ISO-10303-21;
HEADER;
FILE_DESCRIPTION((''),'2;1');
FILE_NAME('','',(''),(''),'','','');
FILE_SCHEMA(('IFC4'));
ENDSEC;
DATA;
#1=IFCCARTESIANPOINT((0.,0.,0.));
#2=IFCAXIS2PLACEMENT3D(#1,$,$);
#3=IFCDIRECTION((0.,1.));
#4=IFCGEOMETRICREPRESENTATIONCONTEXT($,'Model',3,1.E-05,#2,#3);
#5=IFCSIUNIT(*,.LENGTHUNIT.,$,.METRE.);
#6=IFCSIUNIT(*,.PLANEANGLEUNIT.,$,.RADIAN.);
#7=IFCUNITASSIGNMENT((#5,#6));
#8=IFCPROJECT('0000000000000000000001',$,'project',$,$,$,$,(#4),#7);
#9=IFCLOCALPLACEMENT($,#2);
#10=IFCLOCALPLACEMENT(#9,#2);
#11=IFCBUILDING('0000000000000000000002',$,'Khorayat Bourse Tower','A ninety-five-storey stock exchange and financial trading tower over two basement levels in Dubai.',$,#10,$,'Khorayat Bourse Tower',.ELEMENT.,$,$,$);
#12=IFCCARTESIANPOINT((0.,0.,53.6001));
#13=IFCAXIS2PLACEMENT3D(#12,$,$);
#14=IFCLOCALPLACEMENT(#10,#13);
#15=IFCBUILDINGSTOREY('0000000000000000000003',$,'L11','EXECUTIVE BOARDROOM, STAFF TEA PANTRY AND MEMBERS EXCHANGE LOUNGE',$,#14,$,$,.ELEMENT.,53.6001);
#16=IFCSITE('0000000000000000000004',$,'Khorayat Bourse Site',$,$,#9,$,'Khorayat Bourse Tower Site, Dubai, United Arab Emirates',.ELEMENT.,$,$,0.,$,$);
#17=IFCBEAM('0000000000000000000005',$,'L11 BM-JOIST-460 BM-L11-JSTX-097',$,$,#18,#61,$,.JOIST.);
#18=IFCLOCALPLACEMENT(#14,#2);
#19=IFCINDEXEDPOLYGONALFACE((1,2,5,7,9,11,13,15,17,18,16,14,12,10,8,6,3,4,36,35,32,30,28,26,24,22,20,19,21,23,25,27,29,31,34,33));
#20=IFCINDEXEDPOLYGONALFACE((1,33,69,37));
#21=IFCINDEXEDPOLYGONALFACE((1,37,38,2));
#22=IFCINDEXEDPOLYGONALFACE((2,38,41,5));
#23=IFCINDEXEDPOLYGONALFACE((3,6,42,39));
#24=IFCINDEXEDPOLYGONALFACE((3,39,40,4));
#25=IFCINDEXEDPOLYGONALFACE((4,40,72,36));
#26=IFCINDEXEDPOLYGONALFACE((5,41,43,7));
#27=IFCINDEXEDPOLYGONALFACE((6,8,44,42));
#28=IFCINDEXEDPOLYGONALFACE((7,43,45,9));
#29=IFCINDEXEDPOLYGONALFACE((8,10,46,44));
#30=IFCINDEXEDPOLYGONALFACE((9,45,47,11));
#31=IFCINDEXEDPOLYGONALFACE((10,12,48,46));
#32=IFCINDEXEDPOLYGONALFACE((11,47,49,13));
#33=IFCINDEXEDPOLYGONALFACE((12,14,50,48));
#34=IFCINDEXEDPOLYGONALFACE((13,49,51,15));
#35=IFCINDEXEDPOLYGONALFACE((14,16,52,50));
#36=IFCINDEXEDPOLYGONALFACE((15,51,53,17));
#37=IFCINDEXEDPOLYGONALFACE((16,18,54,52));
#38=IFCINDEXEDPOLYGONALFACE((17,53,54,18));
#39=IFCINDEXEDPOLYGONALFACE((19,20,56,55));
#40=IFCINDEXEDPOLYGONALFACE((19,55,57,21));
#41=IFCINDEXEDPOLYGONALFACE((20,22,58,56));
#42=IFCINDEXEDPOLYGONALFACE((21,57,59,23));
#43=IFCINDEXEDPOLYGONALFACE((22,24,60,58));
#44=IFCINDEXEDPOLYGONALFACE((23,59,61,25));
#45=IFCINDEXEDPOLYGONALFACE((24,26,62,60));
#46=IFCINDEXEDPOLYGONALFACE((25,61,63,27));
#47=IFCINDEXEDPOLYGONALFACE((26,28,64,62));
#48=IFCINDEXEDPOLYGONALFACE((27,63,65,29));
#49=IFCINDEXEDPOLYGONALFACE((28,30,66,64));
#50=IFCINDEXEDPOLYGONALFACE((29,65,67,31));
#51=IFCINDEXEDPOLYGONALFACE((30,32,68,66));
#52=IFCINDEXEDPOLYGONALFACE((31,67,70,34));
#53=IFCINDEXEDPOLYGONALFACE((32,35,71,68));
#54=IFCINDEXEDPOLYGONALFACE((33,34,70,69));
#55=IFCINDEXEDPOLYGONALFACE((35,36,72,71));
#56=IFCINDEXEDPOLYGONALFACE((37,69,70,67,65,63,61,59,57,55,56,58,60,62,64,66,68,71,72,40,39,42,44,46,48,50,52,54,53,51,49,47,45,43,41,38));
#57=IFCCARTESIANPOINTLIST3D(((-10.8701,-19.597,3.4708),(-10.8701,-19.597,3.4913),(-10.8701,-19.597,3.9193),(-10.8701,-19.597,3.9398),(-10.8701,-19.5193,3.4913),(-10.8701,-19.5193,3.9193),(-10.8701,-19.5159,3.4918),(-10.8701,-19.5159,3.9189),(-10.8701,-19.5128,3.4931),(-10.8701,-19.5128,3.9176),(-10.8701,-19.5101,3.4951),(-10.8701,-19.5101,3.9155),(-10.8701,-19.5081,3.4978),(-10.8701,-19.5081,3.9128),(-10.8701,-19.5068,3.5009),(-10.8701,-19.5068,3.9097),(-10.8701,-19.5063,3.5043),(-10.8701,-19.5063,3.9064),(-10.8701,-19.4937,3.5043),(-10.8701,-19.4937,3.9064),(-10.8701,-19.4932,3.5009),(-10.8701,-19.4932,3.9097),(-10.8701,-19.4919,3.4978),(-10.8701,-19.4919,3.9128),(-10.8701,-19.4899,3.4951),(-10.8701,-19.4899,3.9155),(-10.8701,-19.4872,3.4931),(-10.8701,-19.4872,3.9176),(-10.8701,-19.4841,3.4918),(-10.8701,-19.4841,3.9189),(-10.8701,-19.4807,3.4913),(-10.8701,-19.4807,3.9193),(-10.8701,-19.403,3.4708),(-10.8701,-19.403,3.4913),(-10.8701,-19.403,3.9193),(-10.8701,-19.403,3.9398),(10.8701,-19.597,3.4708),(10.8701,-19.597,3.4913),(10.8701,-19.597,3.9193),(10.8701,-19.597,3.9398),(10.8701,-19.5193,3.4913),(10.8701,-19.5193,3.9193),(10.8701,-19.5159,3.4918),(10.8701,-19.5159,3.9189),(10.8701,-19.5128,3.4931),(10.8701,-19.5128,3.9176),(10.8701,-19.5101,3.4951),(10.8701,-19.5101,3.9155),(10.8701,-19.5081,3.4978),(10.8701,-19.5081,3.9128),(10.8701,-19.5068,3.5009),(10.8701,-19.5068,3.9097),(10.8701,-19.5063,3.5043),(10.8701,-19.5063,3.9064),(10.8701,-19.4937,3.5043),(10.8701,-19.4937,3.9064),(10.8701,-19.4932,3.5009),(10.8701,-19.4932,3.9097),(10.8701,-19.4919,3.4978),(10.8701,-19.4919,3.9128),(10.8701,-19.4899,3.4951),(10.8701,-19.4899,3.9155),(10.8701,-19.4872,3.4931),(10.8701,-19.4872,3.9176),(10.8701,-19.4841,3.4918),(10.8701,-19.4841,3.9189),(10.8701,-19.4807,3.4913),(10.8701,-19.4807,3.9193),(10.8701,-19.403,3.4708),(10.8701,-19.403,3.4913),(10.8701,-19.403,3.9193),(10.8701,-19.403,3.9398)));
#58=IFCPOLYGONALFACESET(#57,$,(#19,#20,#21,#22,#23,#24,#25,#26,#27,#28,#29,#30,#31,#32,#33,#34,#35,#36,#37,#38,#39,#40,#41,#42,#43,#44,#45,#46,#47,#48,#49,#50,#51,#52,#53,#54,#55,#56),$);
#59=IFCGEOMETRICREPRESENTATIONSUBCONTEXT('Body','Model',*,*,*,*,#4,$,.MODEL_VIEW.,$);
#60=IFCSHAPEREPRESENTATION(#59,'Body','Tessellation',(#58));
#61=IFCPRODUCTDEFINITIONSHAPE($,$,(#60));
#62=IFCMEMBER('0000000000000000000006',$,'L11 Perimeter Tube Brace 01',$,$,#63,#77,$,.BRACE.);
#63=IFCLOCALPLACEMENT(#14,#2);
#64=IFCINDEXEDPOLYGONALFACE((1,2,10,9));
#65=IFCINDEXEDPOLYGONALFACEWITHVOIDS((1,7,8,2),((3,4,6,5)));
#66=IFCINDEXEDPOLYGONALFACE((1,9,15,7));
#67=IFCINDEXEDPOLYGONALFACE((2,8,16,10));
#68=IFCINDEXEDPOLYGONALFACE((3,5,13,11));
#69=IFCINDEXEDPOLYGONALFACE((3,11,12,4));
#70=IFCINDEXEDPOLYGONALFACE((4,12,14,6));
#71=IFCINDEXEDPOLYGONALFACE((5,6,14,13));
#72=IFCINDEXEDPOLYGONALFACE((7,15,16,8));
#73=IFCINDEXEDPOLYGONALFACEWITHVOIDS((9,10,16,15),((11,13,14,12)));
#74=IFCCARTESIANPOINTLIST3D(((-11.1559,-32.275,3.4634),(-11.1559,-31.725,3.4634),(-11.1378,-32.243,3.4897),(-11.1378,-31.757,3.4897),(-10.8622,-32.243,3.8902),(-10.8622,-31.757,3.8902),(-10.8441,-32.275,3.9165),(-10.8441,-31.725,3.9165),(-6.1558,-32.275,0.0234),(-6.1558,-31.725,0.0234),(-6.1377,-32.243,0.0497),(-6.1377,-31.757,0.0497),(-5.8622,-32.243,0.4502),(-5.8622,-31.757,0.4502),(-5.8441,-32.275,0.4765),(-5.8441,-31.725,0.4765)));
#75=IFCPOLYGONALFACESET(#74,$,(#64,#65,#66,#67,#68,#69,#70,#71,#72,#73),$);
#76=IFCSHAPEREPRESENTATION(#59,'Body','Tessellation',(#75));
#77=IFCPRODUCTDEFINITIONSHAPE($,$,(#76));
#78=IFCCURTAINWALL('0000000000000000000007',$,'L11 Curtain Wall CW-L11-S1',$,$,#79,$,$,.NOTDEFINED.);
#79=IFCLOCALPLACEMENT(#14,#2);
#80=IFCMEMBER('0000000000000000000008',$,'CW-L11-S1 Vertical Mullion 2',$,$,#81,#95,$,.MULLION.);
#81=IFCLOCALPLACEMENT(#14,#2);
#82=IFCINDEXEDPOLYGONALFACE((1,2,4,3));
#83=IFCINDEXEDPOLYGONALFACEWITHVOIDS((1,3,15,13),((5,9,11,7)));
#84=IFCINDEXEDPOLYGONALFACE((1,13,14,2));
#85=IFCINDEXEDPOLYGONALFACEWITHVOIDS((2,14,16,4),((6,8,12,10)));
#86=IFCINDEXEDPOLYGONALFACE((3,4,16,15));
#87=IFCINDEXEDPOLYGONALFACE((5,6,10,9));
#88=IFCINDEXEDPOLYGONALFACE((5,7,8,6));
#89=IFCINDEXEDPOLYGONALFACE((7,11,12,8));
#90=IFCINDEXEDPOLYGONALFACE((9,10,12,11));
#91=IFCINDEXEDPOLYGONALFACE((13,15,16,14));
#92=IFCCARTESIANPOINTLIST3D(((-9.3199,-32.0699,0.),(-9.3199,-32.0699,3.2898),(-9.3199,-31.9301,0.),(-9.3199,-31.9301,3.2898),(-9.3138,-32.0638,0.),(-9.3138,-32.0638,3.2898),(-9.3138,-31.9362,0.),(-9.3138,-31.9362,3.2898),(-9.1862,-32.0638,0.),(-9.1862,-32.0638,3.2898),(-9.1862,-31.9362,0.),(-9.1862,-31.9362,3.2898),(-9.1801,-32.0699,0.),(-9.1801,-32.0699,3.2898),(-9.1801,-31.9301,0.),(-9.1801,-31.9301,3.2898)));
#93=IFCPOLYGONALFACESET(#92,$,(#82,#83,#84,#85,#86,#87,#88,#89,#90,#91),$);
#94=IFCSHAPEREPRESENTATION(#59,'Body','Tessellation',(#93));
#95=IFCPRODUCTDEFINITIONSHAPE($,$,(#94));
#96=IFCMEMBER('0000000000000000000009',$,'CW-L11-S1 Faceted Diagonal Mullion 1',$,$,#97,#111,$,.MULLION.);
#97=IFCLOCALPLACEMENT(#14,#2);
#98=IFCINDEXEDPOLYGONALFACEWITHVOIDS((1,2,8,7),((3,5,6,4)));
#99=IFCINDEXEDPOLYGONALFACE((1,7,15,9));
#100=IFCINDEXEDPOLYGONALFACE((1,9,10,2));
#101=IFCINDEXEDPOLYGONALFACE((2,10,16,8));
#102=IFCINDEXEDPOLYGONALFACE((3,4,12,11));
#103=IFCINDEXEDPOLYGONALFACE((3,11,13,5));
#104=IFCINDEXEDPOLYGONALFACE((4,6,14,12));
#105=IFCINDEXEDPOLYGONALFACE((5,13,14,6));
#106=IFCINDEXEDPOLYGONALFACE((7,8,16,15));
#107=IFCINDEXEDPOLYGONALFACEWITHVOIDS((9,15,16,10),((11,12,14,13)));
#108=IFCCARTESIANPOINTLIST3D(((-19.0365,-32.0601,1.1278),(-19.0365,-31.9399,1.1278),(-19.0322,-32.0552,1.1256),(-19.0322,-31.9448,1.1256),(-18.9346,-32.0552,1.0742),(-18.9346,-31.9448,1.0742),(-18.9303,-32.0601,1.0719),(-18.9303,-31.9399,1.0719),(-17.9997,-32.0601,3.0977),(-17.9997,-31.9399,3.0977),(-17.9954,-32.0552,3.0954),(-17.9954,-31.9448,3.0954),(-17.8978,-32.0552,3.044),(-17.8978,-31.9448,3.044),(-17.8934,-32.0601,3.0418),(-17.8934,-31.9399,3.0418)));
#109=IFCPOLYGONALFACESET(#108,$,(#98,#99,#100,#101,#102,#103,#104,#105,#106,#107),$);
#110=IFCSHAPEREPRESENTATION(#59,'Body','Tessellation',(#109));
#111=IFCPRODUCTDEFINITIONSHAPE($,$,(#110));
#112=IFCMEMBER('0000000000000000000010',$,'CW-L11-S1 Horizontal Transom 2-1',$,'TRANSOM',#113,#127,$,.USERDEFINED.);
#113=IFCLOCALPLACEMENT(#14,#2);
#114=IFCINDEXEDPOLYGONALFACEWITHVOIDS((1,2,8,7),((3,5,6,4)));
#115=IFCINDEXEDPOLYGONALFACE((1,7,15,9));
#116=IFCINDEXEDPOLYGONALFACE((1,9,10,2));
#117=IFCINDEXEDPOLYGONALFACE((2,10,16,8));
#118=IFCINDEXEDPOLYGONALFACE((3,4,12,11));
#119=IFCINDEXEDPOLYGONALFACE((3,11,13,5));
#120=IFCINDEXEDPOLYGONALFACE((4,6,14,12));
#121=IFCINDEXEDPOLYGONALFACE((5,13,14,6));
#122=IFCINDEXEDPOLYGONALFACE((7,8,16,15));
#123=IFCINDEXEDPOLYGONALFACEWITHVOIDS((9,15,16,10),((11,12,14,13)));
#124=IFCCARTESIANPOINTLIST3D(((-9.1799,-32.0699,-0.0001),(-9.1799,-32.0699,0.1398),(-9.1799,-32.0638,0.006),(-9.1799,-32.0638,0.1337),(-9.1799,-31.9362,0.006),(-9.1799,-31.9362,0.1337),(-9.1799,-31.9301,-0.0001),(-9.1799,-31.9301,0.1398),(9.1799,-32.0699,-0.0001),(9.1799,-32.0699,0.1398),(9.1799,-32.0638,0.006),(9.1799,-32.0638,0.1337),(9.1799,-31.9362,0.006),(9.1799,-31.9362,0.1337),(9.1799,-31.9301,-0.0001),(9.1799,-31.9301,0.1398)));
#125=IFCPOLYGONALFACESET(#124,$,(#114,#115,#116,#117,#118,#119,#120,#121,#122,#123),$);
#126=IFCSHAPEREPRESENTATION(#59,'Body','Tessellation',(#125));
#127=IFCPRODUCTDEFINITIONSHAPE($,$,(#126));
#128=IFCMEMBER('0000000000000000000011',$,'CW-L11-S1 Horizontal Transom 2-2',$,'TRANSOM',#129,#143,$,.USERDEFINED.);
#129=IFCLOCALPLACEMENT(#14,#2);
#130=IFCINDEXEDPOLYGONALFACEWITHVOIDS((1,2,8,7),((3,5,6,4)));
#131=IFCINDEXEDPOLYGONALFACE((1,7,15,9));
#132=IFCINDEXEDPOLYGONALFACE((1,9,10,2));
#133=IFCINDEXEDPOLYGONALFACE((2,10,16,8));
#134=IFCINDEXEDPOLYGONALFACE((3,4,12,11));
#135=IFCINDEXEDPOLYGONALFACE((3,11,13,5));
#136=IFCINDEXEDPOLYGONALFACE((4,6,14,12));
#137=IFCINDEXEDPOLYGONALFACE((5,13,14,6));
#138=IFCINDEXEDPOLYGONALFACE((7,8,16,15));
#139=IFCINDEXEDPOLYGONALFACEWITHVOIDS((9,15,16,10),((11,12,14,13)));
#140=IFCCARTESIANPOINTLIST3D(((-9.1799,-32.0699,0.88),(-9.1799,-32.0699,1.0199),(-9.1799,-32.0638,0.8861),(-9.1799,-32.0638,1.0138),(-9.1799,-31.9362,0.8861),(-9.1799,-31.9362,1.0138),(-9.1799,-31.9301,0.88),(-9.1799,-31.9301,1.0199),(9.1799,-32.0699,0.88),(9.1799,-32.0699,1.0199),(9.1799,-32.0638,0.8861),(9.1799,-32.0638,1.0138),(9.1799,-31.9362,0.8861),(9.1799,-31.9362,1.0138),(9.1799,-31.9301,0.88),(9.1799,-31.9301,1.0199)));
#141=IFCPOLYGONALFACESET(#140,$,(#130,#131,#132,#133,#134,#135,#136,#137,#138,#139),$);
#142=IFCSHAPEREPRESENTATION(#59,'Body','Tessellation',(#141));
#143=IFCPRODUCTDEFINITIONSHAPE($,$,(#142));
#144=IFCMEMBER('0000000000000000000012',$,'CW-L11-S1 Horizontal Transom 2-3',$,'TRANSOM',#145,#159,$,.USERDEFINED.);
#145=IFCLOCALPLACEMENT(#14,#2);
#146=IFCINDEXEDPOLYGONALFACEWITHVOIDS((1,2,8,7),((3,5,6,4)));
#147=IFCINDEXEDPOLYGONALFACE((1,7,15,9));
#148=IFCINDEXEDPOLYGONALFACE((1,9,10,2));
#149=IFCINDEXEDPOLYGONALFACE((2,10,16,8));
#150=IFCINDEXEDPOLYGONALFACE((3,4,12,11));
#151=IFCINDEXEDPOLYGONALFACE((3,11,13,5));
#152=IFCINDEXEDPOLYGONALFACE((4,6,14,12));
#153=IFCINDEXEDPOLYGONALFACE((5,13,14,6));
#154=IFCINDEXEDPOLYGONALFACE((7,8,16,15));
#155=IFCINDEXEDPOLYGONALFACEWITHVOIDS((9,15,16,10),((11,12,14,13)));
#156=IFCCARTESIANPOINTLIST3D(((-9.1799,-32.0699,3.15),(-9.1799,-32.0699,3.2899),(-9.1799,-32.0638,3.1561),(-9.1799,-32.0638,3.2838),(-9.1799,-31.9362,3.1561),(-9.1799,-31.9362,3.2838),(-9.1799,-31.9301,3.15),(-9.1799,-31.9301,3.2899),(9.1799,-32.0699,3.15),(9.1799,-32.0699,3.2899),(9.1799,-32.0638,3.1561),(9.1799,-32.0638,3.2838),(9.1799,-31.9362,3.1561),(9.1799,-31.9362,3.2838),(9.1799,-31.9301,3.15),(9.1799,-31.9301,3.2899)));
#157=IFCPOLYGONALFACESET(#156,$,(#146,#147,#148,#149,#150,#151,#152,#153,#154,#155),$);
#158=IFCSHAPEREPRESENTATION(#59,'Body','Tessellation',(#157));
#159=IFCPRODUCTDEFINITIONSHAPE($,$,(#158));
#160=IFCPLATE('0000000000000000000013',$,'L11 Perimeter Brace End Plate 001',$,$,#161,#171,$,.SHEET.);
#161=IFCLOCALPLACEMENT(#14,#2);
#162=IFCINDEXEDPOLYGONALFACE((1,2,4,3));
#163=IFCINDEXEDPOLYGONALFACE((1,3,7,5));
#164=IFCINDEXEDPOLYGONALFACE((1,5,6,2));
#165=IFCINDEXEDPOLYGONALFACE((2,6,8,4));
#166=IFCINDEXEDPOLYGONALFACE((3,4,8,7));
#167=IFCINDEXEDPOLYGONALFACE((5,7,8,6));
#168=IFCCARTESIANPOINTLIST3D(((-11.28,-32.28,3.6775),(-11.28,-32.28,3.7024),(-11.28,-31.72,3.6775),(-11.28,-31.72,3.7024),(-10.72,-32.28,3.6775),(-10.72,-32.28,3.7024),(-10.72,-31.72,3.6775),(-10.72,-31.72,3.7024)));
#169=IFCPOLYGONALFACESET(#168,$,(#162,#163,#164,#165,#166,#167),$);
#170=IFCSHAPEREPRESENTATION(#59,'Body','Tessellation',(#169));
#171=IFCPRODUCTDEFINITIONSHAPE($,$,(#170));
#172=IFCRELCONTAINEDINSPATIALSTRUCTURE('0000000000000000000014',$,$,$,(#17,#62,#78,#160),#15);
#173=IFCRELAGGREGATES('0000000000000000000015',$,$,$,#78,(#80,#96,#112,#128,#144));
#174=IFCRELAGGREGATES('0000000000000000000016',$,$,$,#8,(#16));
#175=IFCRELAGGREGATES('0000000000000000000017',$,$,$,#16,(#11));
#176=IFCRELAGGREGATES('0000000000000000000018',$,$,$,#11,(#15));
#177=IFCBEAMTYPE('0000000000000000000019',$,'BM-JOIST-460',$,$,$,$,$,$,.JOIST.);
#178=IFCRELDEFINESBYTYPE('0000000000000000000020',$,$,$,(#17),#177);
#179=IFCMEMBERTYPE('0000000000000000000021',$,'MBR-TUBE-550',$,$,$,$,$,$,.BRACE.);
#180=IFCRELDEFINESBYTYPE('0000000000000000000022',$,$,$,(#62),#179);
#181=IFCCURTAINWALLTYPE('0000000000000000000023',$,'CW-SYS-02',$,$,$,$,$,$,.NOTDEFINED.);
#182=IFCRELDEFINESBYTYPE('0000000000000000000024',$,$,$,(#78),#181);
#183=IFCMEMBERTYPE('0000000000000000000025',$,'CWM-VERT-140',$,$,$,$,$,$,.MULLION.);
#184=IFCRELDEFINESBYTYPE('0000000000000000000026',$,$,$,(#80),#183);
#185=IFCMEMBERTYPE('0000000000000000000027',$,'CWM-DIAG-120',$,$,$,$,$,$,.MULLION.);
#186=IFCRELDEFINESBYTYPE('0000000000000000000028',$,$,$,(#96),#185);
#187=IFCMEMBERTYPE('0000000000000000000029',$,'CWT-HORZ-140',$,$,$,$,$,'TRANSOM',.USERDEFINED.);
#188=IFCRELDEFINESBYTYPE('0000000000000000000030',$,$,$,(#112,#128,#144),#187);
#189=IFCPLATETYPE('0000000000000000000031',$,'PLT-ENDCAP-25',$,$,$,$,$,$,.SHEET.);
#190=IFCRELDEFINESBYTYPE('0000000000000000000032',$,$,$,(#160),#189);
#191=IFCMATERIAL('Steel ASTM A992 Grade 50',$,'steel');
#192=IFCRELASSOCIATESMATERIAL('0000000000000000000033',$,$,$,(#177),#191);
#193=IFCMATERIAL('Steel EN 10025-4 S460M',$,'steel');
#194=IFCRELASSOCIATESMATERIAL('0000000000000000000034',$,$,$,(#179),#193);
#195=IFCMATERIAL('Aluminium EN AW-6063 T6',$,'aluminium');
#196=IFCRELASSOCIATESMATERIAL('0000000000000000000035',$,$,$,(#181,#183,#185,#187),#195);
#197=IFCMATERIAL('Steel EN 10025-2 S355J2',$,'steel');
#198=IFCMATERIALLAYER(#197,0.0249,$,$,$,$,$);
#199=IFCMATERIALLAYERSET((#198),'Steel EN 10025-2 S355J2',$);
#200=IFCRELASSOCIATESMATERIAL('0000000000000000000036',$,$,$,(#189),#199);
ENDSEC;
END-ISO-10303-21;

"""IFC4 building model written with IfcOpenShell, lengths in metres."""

from ifc_helpers import new_model, si_unit, direction, frame, origin, origin_2d, place, context, subcontext, project, spatial, rectangle, hollow_rectangle, i_section, extrude, source, transform, mapped, material, layer, layer_set, material_profile, profile_set, type_object, element, aggregate, save


model = new_model("IFC4")

# Units and contexts
model_context = context("Model", 3, precision=1e-05, world=origin(), true_north=direction((0.0, 1.0)))
body_context = subcontext(model_context, "Body", "Model", "MODEL_VIEW")
ifc_project = project(units=[si_unit("LENGTHUNIT", "METRE"), si_unit("PLANEANGLEUNIT", "RADIAN")], contexts=[model_context])

# Site, building, storey
site_placement = place(None, origin())
site = spatial("IfcSite", under=ifc_project, at=site_placement, Name="Khorayat Bourse Site", LongName="Khorayat Bourse Tower Site, Dubai, United Arab Emirates", CompositionType="ELEMENT", RefElevation=0.0)
building_placement = place(site_placement, origin())
building = spatial("IfcBuilding", under=site, at=building_placement, Name="Khorayat Bourse Tower", Description="A ninety-five-storey stock exchange and financial trading tower over two basement levels in Dubai.", LongName="Khorayat Bourse Tower", CompositionType="ELEMENT")
storey_placement = place(building_placement, frame((0.0, 0.0, 53.6001)))
storey = spatial("IfcBuildingStorey", under=building, at=storey_placement, Name="L11", Description="EXECUTIVE BOARDROOM, STAFF TEA PANTRY AND MEMBERS EXCHANGE LOUNGE", CompositionType="ELEMENT", Elevation=53.6001)

# Shared definitions
ifc_material_1 = material(Name="Steel EN 10025-4 S460M", Category="steel")

# Beam
ifc_material_2 = material(Name="Steel ASTM A992 Grade 50", Category="steel")
ifc_material_profile_1 = material_profile(ifc_material_2, i_section(OverallWidth=0.1941, OverallDepth=0.469, WebThickness=0.0127, FlangeThickness=0.0205, FilletRadius=0.0129, at=origin_2d()), Name="W460X106")
ifc_profile_set_1 = profile_set([ifc_material_profile_1], Name="Steel ASTM A992 Grade 50")
beam_type_1 = type_object("IfcBeamType", Name="BM-JOIST-460", PredefinedType="JOIST", material=ifc_profile_set_1)
shared_shape_1 = source(origin(), body_context, "Body", "SweptSolid", [
    extrude(i_section(OverallWidth=0.1941, OverallDepth=0.469, WebThickness=0.0127, FlangeThickness=0.0205, FilletRadius=0.0129, at=origin_2d()), origin(), (0.0, 0.0, 1.0), 21.7402),
])
beam_1_placement = place(storey_placement, frame((-10.8701, -19.5, 3.7053), z_axis=(1.0, 0.0, 0.0), x_axis=(0.0, 1.0, 0.0)))
element("IfcBeam", 1, at=beam_1_placement, inside=storey, type_object=beam_type_1, Name="L11 BM-JOIST-460 BM-L11-JSTX-097", PredefinedType="JOIST", context=body_context, shape_type="MappedRepresentation", body=[
    mapped(shared_shape_1, transform((0.0, 0.0, 0.0), scale=1.0)),
])

# Member
ifc_material_profile_2 = material_profile(ifc_material_1, hollow_rectangle(XDim=0.55, YDim=0.55, WallThickness=0.032, at=origin_2d()), Name="HSS 550x550x32")
ifc_profile_set_2 = profile_set([ifc_material_profile_2], Name="Steel EN 10025-4 S460M")
member_type_1 = type_object("IfcMemberType", Name="MBR-TUBE-550", PredefinedType="BRACE", material=ifc_profile_set_2)
shared_shape_2 = source(origin(), body_context, "Body", "SweptSolid", [
    extrude(hollow_rectangle(XDim=0.55, YDim=0.55, WallThickness=0.032, at=origin_2d()), origin(), (0.0, 0.0, 1.0), 6.0691),
])
member_1_placement = place(storey_placement, frame((-11.0, -32.0, 3.6899), z_axis=(0.823854, 0.0, -0.566802), x_axis=(0.0, 1.0, 0.0)))
element("IfcMember", 2, at=member_1_placement, inside=storey, type_object=member_type_1, Name="L11 Perimeter Tube Brace 01", PredefinedType="BRACE", context=body_context, shape_type="MappedRepresentation", body=[
    mapped(shared_shape_2, transform((0.0, 0.0, 0.0), scale=1.0)),
])

# Curtain wall, members
ifc_material_3 = material(Name="Aluminium EN AW-6063 T6", Category="aluminium")
curtain_wall_type = type_object("IfcCurtainWallType", Name="CW-SYS-02", PredefinedType="NOTDEFINED", material=ifc_material_3)
curtain_wall_placement = place(storey_placement, origin())
curtain_wall = element("IfcCurtainWall", 3, at=curtain_wall_placement, inside=storey, type_object=curtain_wall_type, Name="L11 Curtain Wall CW-L11-S1", PredefinedType="NOTDEFINED")
ifc_material_profile_3 = material_profile(ifc_material_3, hollow_rectangle(XDim=0.1399, YDim=0.1399, WallThickness=0.0061, at=origin_2d()), Name="ALU 140x140x6")
ifc_profile_set_3 = profile_set([ifc_material_profile_3], Name="Aluminium EN AW-6063 T6")
member_type_2 = type_object("IfcMemberType", Name="CWM-VERT-140", PredefinedType="MULLION", material=ifc_profile_set_3)
shared_shape_3 = source(origin(), body_context, "Body", "SweptSolid", [
    extrude(hollow_rectangle(XDim=0.1399, YDim=0.1399, WallThickness=0.0061, at=origin_2d()), origin(), (0.0, 0.0, 1.0), 3.2898),
])
member_2_placement = place(storey_placement, frame((-9.25, -32.0, 0.0), z_axis=(0.0, 0.0, 1.0), x_axis=(0.0, 1.0, 0.0)))
member_2 = element("IfcMember", 4, at=member_2_placement, type_object=member_type_2, Name="CW-L11-S1 Vertical Mullion 2", PredefinedType="MULLION", context=body_context, shape_type="MappedRepresentation", body=[
    mapped(shared_shape_3, transform((0.0, 0.0, 0.0), scale=1.0)),
])
ifc_material_profile_4 = material_profile(ifc_material_3, hollow_rectangle(XDim=0.1201, YDim=0.1201, WallThickness=0.0049, at=origin_2d()), Name="ALU 120x120x5")
ifc_profile_set_4 = profile_set([ifc_material_profile_4], Name="Aluminium EN AW-6063 T6")
member_type_3 = type_object("IfcMemberType", Name="CWM-DIAG-120", PredefinedType="MULLION", material=ifc_profile_set_4)
shared_shape_4 = source(origin(), body_context, "Body", "SweptSolid", [
    extrude(hollow_rectangle(XDim=0.1201, YDim=0.1201, WallThickness=0.0049, at=origin_2d()), origin(), (0.0, 0.0, 1.0), 2.2261),
])
member_3_placement = place(storey_placement, frame((-18.9834, -32.0, 1.0999), z_axis=(0.46576, 0.0, 0.884911), x_axis=(0.0, 1.0, 0.0)))
member_3 = element("IfcMember", 5, at=member_3_placement, type_object=member_type_3, Name="CW-L11-S1 Faceted Diagonal Mullion 1", PredefinedType="MULLION", context=body_context, shape_type="MappedRepresentation", body=[
    mapped(shared_shape_4, transform((0.0, 0.0, 0.0), scale=1.0)),
])
ifc_material_profile_5 = material_profile(ifc_material_3, hollow_rectangle(XDim=0.1399, YDim=0.1399, WallThickness=0.0061, at=origin_2d()), Name="ALU 140x140x6")
ifc_profile_set_5 = profile_set([ifc_material_profile_5], Name="Aluminium EN AW-6063 T6")
member_type_4 = type_object("IfcMemberType", Name="CWT-HORZ-140", ElementType="TRANSOM", PredefinedType="USERDEFINED", material=ifc_profile_set_5)
shared_shape_5 = source(origin(), body_context, "Body", "SweptSolid", [
    extrude(hollow_rectangle(XDim=0.1399, YDim=0.1399, WallThickness=0.0061, at=origin_2d()), origin(), (0.0, 0.0, 1.0), 18.3599),
])
member_4_placement = place(storey_placement, frame((-9.1799, -32.0, 0.0698), z_axis=(1.0, 0.0, 0.0), x_axis=(0.0, 1.0, 0.0)))
member_4 = element("IfcMember", 6, at=member_4_placement, type_object=member_type_4, Name="CW-L11-S1 Horizontal Transom 2-1", ObjectType="TRANSOM", PredefinedType="USERDEFINED", context=body_context, shape_type="MappedRepresentation", body=[
    mapped(shared_shape_5, transform((0.0, 0.0, 0.0), scale=1.0)),
])
member_5_placement = place(storey_placement, frame((-9.1799, -32.0, 0.95), z_axis=(1.0, 0.0, 0.0), x_axis=(0.0, 1.0, 0.0)))
member_5 = element("IfcMember", 7, at=member_5_placement, type_object=member_type_4, Name="CW-L11-S1 Horizontal Transom 2-2", ObjectType="TRANSOM", PredefinedType="USERDEFINED", context=body_context, shape_type="MappedRepresentation", body=[
    mapped(shared_shape_5, transform((0.0, 0.0, 0.0), scale=1.0)),
])
member_6_placement = place(storey_placement, frame((-9.1799, -32.0, 3.22), z_axis=(1.0, 0.0, 0.0), x_axis=(0.0, 1.0, 0.0)))
member_6 = element("IfcMember", 8, at=member_6_placement, type_object=member_type_4, Name="CW-L11-S1 Horizontal Transom 2-3", ObjectType="TRANSOM", PredefinedType="USERDEFINED", context=body_context, shape_type="MappedRepresentation", body=[
    mapped(shared_shape_5, transform((0.0, 0.0, 0.0), scale=1.0)),
])

# Plate
ifc_material_4 = material(Name="Steel EN 10025-2 S355J2", Category="steel")
ifc_layer_1 = layer(ifc_material_4, 0.0249)
ifc_layer_set_1 = layer_set([ifc_layer_1], Name="Steel EN 10025-2 S355J2")
plate_type_1 = type_object("IfcPlateType", Name="PLT-ENDCAP-25", PredefinedType="SHEET", material=ifc_layer_set_1)
shared_shape_6 = source(origin(), body_context, "Body", "SweptSolid", [
    extrude(rectangle(XDim=0.5601, YDim=0.5601, at=origin_2d()), origin(), (0.0, 0.0, 1.0), 0.0249),
])
for number, where, z_axis, x_axis, name in (
    (9, (-11.0, -32.0, 3.6775), (0.0, 0.0, 1.0), (1.0, 0.0, 0.0), "L11 Perimeter Brace End Plate 001"),
):
    element("IfcPlate", number, at=place(storey_placement, frame(where, z_axis=z_axis, x_axis=x_axis)), inside=storey, type_object=plate_type_1, Name=name, PredefinedType="SHEET", context=body_context, shape_type="MappedRepresentation", body=[
        mapped(shared_shape_6, transform((0.0, 0.0, 0.0), scale=1.0)),
    ])

aggregate(curtain_wall, [member_2, member_3, member_4, member_5, member_6])

save(model, "model.ifc")
